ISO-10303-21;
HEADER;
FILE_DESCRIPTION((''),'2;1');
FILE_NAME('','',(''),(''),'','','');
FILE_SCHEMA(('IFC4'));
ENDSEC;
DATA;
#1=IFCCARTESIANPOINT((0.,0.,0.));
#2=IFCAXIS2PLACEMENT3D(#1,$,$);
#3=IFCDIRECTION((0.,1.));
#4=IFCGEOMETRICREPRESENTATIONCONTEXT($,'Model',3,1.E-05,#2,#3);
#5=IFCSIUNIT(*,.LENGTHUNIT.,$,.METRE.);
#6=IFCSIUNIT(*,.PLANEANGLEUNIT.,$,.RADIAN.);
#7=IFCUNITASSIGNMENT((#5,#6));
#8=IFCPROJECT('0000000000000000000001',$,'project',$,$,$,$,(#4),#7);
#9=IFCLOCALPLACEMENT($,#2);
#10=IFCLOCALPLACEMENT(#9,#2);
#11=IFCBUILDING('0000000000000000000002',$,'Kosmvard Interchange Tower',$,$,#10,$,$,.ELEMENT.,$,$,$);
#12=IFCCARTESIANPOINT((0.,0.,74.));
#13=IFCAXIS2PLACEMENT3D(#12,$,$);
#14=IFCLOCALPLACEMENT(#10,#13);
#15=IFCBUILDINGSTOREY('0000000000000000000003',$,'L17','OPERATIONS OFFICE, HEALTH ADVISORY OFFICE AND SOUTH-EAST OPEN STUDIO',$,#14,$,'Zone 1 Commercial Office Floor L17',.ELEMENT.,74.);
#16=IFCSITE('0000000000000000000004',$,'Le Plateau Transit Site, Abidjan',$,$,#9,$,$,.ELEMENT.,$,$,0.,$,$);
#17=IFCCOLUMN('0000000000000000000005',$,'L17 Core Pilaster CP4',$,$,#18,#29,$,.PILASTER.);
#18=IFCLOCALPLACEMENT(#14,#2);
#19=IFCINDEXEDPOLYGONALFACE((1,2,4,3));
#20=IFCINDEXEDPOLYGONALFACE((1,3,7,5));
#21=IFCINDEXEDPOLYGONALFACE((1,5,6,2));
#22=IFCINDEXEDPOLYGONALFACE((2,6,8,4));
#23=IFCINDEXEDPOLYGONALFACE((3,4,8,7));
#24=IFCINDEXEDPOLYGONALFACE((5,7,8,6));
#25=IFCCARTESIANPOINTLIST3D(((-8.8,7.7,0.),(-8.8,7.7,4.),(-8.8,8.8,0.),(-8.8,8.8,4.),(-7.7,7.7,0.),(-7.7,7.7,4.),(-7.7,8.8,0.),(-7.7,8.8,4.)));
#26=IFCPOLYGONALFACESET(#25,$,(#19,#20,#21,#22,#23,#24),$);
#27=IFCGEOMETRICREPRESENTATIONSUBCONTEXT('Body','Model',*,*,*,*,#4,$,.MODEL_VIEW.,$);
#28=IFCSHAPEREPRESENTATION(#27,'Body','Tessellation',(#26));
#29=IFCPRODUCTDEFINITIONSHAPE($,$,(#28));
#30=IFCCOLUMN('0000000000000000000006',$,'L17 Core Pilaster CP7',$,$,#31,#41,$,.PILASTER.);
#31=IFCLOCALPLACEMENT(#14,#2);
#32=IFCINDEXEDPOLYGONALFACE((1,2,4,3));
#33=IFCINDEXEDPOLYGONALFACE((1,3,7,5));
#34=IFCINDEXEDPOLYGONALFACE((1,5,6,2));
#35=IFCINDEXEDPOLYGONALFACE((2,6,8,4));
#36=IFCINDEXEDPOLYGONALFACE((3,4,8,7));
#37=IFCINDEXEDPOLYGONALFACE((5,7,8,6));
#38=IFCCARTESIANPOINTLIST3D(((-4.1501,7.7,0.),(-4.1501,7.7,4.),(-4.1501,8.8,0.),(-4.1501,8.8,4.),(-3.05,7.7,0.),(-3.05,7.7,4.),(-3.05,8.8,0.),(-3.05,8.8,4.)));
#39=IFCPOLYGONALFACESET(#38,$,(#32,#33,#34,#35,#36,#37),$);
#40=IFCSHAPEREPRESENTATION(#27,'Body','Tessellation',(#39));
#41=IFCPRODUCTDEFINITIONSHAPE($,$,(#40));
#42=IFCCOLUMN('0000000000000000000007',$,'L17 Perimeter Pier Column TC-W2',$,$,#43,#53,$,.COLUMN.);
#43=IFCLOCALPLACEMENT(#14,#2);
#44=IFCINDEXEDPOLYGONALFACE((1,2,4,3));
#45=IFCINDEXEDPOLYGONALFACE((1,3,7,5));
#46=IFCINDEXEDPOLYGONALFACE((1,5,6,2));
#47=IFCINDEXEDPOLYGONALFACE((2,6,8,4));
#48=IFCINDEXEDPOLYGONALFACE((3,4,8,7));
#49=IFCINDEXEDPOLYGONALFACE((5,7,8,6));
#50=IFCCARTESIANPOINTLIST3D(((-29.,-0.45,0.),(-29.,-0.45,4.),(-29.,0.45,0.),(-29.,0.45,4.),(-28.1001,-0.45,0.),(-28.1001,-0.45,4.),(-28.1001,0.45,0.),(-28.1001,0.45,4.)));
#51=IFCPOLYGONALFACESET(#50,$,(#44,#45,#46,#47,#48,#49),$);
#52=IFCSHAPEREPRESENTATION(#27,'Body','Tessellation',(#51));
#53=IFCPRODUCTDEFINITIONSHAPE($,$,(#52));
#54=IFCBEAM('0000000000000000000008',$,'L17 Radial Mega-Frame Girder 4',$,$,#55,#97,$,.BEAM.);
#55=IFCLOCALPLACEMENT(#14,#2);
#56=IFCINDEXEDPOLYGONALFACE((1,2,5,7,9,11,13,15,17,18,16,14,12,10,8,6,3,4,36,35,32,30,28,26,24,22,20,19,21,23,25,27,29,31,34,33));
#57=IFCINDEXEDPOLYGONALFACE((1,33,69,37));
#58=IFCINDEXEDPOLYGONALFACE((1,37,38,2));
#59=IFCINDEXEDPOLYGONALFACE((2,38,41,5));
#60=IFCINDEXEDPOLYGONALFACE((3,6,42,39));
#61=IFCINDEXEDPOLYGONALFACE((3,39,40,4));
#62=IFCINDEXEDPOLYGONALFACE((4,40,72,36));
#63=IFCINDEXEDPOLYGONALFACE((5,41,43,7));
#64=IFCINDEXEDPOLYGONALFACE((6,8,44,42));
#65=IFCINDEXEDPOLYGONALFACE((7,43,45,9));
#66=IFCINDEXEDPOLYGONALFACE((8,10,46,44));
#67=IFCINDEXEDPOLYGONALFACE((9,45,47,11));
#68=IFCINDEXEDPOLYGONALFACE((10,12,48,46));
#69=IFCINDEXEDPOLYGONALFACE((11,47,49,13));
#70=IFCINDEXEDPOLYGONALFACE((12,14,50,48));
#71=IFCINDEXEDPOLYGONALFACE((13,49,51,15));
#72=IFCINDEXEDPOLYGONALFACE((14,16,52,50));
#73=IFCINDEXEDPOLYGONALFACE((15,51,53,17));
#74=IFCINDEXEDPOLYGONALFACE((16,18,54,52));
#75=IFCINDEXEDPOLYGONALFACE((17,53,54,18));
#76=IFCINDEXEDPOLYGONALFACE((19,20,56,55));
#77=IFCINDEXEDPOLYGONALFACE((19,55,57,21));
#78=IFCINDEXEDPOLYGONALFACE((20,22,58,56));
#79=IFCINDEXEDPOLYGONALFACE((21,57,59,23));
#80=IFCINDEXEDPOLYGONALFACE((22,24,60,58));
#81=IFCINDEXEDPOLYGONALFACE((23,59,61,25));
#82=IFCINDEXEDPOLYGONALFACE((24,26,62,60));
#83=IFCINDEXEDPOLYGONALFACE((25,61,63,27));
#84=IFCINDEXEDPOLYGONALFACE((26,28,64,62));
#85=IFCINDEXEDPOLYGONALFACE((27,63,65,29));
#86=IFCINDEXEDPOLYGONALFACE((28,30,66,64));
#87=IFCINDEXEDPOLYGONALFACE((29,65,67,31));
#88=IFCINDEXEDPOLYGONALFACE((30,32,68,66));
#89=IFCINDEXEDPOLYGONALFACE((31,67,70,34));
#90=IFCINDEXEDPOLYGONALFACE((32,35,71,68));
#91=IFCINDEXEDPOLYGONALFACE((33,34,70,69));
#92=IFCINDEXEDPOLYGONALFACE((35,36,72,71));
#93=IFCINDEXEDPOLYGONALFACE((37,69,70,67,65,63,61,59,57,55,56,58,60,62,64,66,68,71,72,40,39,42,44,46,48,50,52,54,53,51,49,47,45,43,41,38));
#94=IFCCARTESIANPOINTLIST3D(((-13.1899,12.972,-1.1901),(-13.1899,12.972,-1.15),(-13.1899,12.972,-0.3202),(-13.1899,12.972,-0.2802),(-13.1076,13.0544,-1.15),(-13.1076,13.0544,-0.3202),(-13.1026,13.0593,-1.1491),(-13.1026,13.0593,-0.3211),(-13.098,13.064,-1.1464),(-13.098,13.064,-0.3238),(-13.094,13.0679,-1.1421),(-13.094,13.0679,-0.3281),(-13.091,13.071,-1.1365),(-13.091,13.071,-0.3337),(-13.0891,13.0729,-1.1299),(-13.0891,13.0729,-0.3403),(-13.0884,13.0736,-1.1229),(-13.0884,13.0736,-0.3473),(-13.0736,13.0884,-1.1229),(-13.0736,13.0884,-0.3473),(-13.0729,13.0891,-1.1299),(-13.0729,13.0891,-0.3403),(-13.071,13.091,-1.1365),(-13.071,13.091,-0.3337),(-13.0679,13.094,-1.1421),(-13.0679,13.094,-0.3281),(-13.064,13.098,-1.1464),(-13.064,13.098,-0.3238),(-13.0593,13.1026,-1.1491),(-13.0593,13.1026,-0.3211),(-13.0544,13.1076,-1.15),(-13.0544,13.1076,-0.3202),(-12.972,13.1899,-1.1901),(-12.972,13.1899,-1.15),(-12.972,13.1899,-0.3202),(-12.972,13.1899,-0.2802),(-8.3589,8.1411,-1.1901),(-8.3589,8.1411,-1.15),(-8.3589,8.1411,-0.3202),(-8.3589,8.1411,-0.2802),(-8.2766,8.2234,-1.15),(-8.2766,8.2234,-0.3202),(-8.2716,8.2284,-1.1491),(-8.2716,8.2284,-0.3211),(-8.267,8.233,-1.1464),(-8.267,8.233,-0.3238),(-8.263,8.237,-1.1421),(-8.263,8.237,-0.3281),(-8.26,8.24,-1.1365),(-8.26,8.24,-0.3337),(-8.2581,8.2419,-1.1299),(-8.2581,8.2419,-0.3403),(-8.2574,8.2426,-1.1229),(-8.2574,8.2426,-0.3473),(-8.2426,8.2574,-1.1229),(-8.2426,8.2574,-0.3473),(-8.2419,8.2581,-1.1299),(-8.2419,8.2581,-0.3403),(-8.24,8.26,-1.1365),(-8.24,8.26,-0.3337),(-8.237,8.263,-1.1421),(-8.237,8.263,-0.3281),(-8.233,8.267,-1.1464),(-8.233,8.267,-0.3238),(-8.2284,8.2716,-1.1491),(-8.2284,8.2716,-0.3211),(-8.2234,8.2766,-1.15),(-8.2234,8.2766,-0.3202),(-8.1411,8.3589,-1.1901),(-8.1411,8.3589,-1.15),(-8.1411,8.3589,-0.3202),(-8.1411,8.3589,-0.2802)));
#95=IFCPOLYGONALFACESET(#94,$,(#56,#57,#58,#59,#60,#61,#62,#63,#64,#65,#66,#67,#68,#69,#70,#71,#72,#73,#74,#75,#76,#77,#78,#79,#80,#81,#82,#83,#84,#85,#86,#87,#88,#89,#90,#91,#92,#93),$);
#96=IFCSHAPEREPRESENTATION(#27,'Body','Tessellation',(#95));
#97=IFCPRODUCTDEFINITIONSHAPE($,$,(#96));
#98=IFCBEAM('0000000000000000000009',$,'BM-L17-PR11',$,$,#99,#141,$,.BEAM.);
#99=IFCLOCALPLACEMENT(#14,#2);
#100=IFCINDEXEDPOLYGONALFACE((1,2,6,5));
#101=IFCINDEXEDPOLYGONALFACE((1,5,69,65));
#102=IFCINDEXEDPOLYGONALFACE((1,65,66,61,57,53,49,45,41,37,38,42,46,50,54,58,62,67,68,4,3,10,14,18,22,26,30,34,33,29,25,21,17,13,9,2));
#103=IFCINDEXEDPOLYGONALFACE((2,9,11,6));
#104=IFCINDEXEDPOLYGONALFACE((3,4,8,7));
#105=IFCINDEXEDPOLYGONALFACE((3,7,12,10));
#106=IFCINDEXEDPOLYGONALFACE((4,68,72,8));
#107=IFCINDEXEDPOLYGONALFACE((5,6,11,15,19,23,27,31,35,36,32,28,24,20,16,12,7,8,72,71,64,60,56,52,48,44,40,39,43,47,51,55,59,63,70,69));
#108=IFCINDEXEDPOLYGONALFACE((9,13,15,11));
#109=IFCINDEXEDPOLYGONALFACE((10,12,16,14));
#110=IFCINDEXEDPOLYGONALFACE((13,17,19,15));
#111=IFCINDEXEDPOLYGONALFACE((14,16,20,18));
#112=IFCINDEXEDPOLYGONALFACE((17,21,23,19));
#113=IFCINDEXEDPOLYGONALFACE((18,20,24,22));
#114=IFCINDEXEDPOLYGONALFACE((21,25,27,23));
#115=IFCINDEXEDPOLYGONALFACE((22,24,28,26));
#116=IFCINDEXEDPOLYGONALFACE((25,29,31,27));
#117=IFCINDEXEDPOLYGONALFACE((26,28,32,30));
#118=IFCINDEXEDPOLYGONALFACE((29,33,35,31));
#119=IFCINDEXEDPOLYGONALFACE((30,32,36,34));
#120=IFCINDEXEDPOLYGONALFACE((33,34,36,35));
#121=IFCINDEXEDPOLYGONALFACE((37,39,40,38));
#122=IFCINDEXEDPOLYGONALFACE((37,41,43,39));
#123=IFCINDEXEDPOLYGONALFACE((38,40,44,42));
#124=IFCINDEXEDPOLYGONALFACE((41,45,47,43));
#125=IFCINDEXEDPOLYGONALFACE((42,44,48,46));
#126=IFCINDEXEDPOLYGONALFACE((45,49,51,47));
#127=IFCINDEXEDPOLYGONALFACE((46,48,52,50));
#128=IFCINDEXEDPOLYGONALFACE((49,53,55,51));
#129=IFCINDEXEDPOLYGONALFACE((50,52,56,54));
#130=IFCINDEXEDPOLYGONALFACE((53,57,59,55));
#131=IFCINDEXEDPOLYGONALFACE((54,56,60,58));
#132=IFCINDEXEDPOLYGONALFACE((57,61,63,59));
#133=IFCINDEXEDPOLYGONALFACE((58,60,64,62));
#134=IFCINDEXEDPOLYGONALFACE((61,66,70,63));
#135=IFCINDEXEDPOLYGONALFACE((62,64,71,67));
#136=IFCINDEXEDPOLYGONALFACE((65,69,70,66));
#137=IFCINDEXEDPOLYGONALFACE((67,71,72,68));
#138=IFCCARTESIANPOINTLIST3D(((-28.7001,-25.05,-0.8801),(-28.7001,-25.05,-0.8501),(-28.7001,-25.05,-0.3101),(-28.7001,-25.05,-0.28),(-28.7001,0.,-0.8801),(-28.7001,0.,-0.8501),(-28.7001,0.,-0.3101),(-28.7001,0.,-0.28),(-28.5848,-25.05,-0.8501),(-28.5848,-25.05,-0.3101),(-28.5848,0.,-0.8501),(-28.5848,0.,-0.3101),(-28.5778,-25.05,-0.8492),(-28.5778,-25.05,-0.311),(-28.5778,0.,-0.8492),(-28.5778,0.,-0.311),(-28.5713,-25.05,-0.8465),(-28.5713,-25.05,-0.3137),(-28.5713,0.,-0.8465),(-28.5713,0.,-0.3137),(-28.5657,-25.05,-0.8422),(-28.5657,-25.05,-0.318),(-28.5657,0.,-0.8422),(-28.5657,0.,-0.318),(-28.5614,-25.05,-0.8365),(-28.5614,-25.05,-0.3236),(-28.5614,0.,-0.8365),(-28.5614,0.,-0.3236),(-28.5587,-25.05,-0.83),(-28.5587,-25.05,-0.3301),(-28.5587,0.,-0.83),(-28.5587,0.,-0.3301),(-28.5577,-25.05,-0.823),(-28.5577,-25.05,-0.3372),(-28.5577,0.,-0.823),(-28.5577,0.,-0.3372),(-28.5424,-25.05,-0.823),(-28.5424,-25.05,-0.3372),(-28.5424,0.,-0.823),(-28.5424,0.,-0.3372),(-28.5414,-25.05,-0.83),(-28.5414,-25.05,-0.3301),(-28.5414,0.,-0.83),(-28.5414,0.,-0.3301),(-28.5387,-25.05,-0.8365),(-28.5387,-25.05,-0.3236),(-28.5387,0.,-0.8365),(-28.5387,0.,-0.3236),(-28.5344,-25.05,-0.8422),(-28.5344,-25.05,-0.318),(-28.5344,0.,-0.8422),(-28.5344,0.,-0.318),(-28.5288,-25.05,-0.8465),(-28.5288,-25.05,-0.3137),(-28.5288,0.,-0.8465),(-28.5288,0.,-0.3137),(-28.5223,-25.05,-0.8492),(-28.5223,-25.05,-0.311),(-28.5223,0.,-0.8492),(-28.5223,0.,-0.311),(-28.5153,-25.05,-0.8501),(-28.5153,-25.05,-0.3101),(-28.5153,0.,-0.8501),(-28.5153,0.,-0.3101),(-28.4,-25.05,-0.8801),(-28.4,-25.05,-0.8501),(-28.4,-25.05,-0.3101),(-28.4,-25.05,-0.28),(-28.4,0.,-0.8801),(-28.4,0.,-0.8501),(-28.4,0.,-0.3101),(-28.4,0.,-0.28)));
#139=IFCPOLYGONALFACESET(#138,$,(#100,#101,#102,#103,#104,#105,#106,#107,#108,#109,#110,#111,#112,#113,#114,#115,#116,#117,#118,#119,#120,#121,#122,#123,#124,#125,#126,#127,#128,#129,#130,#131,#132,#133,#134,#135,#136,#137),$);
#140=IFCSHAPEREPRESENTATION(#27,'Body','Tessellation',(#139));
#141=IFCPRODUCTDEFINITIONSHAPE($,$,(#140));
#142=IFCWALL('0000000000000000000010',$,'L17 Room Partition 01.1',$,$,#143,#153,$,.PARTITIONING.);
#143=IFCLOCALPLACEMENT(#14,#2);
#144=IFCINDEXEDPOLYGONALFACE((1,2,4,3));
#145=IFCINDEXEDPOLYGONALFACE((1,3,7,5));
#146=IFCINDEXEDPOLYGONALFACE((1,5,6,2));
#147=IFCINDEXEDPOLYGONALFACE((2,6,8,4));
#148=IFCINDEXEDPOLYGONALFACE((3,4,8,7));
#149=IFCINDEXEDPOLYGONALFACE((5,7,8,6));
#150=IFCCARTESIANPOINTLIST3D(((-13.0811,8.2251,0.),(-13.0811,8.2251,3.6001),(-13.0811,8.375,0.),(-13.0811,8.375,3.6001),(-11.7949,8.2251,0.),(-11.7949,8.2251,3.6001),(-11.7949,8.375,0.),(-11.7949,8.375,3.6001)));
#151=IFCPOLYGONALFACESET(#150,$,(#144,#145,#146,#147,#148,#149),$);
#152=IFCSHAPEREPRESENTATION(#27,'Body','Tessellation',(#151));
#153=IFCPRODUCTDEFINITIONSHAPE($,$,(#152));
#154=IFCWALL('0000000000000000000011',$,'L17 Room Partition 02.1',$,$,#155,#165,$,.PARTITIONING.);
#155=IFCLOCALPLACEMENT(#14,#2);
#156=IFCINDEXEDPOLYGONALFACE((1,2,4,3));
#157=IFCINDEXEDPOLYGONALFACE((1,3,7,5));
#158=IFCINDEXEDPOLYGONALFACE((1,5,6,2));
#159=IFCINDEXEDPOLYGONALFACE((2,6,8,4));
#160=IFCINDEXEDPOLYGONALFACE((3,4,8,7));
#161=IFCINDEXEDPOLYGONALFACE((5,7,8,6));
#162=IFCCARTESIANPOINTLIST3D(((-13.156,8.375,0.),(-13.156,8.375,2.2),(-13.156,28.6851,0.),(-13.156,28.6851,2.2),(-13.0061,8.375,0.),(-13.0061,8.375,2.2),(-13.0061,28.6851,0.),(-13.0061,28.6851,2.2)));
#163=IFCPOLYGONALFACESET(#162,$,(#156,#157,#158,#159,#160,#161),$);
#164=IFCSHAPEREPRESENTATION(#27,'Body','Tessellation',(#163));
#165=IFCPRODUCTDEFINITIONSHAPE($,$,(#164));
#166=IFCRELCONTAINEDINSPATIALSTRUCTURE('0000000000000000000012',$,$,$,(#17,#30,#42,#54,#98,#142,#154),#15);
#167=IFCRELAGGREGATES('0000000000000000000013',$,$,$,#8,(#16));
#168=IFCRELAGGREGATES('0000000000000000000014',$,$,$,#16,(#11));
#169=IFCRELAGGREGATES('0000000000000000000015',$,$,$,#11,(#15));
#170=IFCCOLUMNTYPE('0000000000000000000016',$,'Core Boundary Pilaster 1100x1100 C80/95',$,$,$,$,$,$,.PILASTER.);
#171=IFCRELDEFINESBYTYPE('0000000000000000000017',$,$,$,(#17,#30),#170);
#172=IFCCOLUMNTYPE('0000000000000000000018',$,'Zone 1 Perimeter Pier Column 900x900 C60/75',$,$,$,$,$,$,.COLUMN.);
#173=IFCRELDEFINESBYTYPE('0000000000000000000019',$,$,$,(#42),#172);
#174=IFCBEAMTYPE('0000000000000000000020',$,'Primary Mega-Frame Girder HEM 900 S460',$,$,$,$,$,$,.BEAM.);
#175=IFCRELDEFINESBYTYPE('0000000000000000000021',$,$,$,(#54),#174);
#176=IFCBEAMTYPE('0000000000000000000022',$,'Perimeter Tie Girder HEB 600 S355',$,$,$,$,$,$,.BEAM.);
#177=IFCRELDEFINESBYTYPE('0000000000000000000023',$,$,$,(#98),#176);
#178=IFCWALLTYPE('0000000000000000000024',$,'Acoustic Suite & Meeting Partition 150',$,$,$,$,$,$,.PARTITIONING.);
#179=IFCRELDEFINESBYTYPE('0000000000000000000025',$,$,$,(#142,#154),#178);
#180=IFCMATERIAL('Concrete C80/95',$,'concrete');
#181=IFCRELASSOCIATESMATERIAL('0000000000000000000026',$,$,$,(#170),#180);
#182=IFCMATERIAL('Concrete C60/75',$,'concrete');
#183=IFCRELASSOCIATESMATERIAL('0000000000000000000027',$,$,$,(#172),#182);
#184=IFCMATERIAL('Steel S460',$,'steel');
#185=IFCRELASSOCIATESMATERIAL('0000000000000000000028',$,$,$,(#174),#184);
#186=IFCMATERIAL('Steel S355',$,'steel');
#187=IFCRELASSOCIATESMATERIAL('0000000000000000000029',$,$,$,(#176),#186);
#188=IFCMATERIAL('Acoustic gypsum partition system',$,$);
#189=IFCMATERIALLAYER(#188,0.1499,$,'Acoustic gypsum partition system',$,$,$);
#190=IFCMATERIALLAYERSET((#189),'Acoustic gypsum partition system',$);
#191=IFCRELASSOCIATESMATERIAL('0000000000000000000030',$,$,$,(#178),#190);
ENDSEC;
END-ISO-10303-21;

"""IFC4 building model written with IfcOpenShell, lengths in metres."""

from ifc_helpers import new_model, si_unit, direction, frame, frame_2d, origin, origin_2d, place, context, subcontext, project, spatial, rectangle, i_section, extrude, source, transform, mapped, material, layer, layer_set, material_profile, profile_set, type_object, element, save


model = new_model("IFC4")

# Units and contexts
model_context = context("Model", 3, precision=1e-05, world=origin(), true_north=direction((0.0, 1.0)))
body_context = subcontext(model_context, "Body", "Model", "MODEL_VIEW")
ifc_project = project(units=[si_unit("LENGTHUNIT", "METRE"), si_unit("PLANEANGLEUNIT", "RADIAN")], contexts=[model_context])

# Site, building, storey
site_placement = place(None, origin())
site = spatial("IfcSite", under=ifc_project, at=site_placement, Name="Le Plateau Transit Site, Abidjan", CompositionType="ELEMENT", RefElevation=0.0)
building_placement = place(site_placement, origin())
building = spatial("IfcBuilding", under=site, at=building_placement, Name="Kosmvard Interchange Tower", CompositionType="ELEMENT")
storey_placement = place(building_placement, frame((0.0, 0.0, 74.0)))
storey = spatial("IfcBuildingStorey", under=building, at=storey_placement, Name="L17", Description="OPERATIONS OFFICE, HEALTH ADVISORY OFFICE AND SOUTH-EAST OPEN STUDIO", LongName="Zone 1 Commercial Office Floor L17", CompositionType="ELEMENT", Elevation=74.0)

# Columns
ifc_material_1 = material(Name="Concrete C80/95", Category="concrete")
ifc_material_profile_1 = material_profile(ifc_material_1, rectangle(XDim=1.1001, YDim=1.1001, at=origin_2d()), Name="CP 1100x1100")
ifc_profile_set_1 = profile_set([ifc_material_profile_1], Name="Concrete C80/95")
column_type_1 = type_object("IfcColumnType", Name="Core Boundary Pilaster 1100x1100 C80/95", PredefinedType="PILASTER", material=ifc_profile_set_1)
shared_shape_1 = source(origin(), body_context, "Body", "SweptSolid", [
    extrude(rectangle(XDim=1.1001, YDim=1.1001, at=origin_2d()), origin(), (0.0, 0.0, 1.0), 4.0),
])
for number, where, z_axis, x_axis, name in (
    (1, (-8.25, 8.25, 0.0), (0.0, 0.0, 1.0), (1.0, 0.0, 0.0), "L17 Core Pilaster CP4"),
    (2, (-3.6001, 8.25, 0.0), (0.0, 0.0, 1.0), (1.0, 0.0, 0.0), "L17 Core Pilaster CP7"),
):
    element("IfcColumn", number, at=place(storey_placement, frame(where, z_axis=z_axis, x_axis=x_axis)), inside=storey, type_object=column_type_1, Name=name, PredefinedType="PILASTER", context=body_context, shape_type="MappedRepresentation", body=[
        mapped(shared_shape_1, transform((0.0, 0.0, 0.0), scale=1.0)),
    ])
ifc_material_2 = material(Name="Concrete C60/75", Category="concrete")
ifc_material_profile_2 = material_profile(ifc_material_2, rectangle(XDim=0.8999, YDim=0.8999, at=origin_2d()), Name="TC 900x900")
ifc_profile_set_2 = profile_set([ifc_material_profile_2], Name="Concrete C60/75")
column_type_2 = type_object("IfcColumnType", Name="Zone 1 Perimeter Pier Column 900x900 C60/75", PredefinedType="COLUMN", material=ifc_profile_set_2)
shared_shape_2 = source(origin(), body_context, "Body", "SweptSolid", [
    extrude(rectangle(XDim=0.8999, YDim=0.8999, at=origin_2d()), origin(), (0.0, 0.0, 1.0), 4.0),
])
column_placement = place(storey_placement, frame((-28.55, 0.0, 0.0), z_axis=(0.0, 0.0, 1.0), x_axis=(1.0, 0.0, 0.0)))
element("IfcColumn", 3, at=column_placement, inside=storey, type_object=column_type_2, Name="L17 Perimeter Pier Column TC-W2", PredefinedType="COLUMN", context=body_context, shape_type="MappedRepresentation", body=[
    mapped(shared_shape_2, transform((0.0, 0.0, 0.0), scale=1.0)),
])

# Beams
ifc_material_3 = material(Name="Steel S460", Category="steel")
ifc_material_profile_3 = material_profile(ifc_material_3, i_section(OverallWidth=0.3081, OverallDepth=0.9099, WebThickness=0.021, FlangeThickness=0.04, FilletRadius=0.0271, at=origin_2d()), Name="HEM 900")
ifc_profile_set_3 = profile_set([ifc_material_profile_3], Name="Steel S460")
beam_type_1 = type_object("IfcBeamType", Name="Primary Mega-Frame Girder HEM 900 S460", PredefinedType="BEAM", material=ifc_profile_set_3)
shared_shape_3 = source(origin(), body_context, "Body", "SweptSolid", [
    extrude(i_section(OverallWidth=0.3081, OverallDepth=0.9099, WebThickness=0.021, FlangeThickness=0.04, FilletRadius=0.0271, at=origin_2d()), origin(), (0.0, 0.0, 1.0), 6.832),
])
beam_1_placement = place(storey_placement, frame((-8.25, 8.25, -0.7351), z_axis=(-0.707107, 0.707107, 0.0), x_axis=(-0.707107, -0.707107, 0.0)))
element("IfcBeam", 4, at=beam_1_placement, inside=storey, type_object=beam_type_1, Name="L17 Radial Mega-Frame Girder 4", PredefinedType="BEAM", context=body_context, shape_type="MappedRepresentation", body=[
    mapped(shared_shape_3, transform((0.0, 0.0, 0.0), scale=1.0)),
])
ifc_material_4 = material(Name="Steel S355", Category="steel")
ifc_material_profile_4 = material_profile(ifc_material_4, i_section(OverallWidth=0.3, OverallDepth=0.6001, WebThickness=0.0154, FlangeThickness=0.03, FilletRadius=0.0271, at=origin_2d()), Name="HEB 600")
ifc_profile_set_4 = profile_set([ifc_material_profile_4], Name="Steel S355")
beam_type_2 = type_object("IfcBeamType", Name="Perimeter Tie Girder HEB 600 S355", PredefinedType="BEAM", material=ifc_profile_set_4)
shared_shape_4 = source(origin(), body_context, "Body", "SweptSolid", [
    extrude(i_section(OverallWidth=0.3, OverallDepth=0.6001, WebThickness=0.0154, FlangeThickness=0.03, FilletRadius=0.0271, at=origin_2d()), origin(), (0.0, 0.0, 1.0), 25.05),
])
beam_2_placement = place(storey_placement, frame((-28.55, 0.0, -0.5801), z_axis=(0.0, -1.0, 0.0), x_axis=(1.0, 0.0, 0.0)))
element("IfcBeam", 5, at=beam_2_placement, inside=storey, type_object=beam_type_2, Name="BM-L17-PR11", PredefinedType="BEAM", context=body_context, shape_type="MappedRepresentation", body=[
    mapped(shared_shape_4, transform((0.0, 0.0, 0.0), scale=1.0)),
])

# Walls
ifc_material_5 = material(Name="Acoustic gypsum partition system")
ifc_layer_1 = layer(ifc_material_5, 0.1499, Name="Acoustic gypsum partition system")
ifc_layer_set_1 = layer_set([ifc_layer_1], Name="Acoustic gypsum partition system")
wall_type_1 = type_object("IfcWallType", Name="Acoustic Suite & Meeting Partition 150", PredefinedType="PARTITIONING", material=ifc_layer_set_1)
wall_1_placement = place(storey_placement, frame((-11.7949, 8.3, 0.0), z_axis=(0.0, 0.0, 1.0), x_axis=(-1.0, 0.0, 0.0)))
element("IfcWall", 6, at=wall_1_placement, inside=storey, type_object=wall_type_1, Name="L17 Room Partition 01.1", PredefinedType="PARTITIONING", context=body_context, shape_type="SweptSolid", body=[
    extrude(rectangle(XDim=1.2861, YDim=0.1499, at=frame_2d((0.6431, 0.0))), origin(), (0.0, 0.0, 1.0), 3.6001),
])
wall_2_placement = place(storey_placement, frame((-13.0811, 8.375, 0.0), z_axis=(0.0, 0.0, 1.0), x_axis=(0.0, 1.0, 0.0)))
element("IfcWall", 7, at=wall_2_placement, inside=storey, type_object=wall_type_1, Name="L17 Room Partition 02.1", PredefinedType="PARTITIONING", context=body_context, shape_type="SweptSolid", body=[
    extrude(rectangle(XDim=20.3101, YDim=0.1499, at=frame_2d((10.155, 0.0))), origin(), (0.0, 0.0, 1.0), 2.2),
])

save(model, "model.ifc")
